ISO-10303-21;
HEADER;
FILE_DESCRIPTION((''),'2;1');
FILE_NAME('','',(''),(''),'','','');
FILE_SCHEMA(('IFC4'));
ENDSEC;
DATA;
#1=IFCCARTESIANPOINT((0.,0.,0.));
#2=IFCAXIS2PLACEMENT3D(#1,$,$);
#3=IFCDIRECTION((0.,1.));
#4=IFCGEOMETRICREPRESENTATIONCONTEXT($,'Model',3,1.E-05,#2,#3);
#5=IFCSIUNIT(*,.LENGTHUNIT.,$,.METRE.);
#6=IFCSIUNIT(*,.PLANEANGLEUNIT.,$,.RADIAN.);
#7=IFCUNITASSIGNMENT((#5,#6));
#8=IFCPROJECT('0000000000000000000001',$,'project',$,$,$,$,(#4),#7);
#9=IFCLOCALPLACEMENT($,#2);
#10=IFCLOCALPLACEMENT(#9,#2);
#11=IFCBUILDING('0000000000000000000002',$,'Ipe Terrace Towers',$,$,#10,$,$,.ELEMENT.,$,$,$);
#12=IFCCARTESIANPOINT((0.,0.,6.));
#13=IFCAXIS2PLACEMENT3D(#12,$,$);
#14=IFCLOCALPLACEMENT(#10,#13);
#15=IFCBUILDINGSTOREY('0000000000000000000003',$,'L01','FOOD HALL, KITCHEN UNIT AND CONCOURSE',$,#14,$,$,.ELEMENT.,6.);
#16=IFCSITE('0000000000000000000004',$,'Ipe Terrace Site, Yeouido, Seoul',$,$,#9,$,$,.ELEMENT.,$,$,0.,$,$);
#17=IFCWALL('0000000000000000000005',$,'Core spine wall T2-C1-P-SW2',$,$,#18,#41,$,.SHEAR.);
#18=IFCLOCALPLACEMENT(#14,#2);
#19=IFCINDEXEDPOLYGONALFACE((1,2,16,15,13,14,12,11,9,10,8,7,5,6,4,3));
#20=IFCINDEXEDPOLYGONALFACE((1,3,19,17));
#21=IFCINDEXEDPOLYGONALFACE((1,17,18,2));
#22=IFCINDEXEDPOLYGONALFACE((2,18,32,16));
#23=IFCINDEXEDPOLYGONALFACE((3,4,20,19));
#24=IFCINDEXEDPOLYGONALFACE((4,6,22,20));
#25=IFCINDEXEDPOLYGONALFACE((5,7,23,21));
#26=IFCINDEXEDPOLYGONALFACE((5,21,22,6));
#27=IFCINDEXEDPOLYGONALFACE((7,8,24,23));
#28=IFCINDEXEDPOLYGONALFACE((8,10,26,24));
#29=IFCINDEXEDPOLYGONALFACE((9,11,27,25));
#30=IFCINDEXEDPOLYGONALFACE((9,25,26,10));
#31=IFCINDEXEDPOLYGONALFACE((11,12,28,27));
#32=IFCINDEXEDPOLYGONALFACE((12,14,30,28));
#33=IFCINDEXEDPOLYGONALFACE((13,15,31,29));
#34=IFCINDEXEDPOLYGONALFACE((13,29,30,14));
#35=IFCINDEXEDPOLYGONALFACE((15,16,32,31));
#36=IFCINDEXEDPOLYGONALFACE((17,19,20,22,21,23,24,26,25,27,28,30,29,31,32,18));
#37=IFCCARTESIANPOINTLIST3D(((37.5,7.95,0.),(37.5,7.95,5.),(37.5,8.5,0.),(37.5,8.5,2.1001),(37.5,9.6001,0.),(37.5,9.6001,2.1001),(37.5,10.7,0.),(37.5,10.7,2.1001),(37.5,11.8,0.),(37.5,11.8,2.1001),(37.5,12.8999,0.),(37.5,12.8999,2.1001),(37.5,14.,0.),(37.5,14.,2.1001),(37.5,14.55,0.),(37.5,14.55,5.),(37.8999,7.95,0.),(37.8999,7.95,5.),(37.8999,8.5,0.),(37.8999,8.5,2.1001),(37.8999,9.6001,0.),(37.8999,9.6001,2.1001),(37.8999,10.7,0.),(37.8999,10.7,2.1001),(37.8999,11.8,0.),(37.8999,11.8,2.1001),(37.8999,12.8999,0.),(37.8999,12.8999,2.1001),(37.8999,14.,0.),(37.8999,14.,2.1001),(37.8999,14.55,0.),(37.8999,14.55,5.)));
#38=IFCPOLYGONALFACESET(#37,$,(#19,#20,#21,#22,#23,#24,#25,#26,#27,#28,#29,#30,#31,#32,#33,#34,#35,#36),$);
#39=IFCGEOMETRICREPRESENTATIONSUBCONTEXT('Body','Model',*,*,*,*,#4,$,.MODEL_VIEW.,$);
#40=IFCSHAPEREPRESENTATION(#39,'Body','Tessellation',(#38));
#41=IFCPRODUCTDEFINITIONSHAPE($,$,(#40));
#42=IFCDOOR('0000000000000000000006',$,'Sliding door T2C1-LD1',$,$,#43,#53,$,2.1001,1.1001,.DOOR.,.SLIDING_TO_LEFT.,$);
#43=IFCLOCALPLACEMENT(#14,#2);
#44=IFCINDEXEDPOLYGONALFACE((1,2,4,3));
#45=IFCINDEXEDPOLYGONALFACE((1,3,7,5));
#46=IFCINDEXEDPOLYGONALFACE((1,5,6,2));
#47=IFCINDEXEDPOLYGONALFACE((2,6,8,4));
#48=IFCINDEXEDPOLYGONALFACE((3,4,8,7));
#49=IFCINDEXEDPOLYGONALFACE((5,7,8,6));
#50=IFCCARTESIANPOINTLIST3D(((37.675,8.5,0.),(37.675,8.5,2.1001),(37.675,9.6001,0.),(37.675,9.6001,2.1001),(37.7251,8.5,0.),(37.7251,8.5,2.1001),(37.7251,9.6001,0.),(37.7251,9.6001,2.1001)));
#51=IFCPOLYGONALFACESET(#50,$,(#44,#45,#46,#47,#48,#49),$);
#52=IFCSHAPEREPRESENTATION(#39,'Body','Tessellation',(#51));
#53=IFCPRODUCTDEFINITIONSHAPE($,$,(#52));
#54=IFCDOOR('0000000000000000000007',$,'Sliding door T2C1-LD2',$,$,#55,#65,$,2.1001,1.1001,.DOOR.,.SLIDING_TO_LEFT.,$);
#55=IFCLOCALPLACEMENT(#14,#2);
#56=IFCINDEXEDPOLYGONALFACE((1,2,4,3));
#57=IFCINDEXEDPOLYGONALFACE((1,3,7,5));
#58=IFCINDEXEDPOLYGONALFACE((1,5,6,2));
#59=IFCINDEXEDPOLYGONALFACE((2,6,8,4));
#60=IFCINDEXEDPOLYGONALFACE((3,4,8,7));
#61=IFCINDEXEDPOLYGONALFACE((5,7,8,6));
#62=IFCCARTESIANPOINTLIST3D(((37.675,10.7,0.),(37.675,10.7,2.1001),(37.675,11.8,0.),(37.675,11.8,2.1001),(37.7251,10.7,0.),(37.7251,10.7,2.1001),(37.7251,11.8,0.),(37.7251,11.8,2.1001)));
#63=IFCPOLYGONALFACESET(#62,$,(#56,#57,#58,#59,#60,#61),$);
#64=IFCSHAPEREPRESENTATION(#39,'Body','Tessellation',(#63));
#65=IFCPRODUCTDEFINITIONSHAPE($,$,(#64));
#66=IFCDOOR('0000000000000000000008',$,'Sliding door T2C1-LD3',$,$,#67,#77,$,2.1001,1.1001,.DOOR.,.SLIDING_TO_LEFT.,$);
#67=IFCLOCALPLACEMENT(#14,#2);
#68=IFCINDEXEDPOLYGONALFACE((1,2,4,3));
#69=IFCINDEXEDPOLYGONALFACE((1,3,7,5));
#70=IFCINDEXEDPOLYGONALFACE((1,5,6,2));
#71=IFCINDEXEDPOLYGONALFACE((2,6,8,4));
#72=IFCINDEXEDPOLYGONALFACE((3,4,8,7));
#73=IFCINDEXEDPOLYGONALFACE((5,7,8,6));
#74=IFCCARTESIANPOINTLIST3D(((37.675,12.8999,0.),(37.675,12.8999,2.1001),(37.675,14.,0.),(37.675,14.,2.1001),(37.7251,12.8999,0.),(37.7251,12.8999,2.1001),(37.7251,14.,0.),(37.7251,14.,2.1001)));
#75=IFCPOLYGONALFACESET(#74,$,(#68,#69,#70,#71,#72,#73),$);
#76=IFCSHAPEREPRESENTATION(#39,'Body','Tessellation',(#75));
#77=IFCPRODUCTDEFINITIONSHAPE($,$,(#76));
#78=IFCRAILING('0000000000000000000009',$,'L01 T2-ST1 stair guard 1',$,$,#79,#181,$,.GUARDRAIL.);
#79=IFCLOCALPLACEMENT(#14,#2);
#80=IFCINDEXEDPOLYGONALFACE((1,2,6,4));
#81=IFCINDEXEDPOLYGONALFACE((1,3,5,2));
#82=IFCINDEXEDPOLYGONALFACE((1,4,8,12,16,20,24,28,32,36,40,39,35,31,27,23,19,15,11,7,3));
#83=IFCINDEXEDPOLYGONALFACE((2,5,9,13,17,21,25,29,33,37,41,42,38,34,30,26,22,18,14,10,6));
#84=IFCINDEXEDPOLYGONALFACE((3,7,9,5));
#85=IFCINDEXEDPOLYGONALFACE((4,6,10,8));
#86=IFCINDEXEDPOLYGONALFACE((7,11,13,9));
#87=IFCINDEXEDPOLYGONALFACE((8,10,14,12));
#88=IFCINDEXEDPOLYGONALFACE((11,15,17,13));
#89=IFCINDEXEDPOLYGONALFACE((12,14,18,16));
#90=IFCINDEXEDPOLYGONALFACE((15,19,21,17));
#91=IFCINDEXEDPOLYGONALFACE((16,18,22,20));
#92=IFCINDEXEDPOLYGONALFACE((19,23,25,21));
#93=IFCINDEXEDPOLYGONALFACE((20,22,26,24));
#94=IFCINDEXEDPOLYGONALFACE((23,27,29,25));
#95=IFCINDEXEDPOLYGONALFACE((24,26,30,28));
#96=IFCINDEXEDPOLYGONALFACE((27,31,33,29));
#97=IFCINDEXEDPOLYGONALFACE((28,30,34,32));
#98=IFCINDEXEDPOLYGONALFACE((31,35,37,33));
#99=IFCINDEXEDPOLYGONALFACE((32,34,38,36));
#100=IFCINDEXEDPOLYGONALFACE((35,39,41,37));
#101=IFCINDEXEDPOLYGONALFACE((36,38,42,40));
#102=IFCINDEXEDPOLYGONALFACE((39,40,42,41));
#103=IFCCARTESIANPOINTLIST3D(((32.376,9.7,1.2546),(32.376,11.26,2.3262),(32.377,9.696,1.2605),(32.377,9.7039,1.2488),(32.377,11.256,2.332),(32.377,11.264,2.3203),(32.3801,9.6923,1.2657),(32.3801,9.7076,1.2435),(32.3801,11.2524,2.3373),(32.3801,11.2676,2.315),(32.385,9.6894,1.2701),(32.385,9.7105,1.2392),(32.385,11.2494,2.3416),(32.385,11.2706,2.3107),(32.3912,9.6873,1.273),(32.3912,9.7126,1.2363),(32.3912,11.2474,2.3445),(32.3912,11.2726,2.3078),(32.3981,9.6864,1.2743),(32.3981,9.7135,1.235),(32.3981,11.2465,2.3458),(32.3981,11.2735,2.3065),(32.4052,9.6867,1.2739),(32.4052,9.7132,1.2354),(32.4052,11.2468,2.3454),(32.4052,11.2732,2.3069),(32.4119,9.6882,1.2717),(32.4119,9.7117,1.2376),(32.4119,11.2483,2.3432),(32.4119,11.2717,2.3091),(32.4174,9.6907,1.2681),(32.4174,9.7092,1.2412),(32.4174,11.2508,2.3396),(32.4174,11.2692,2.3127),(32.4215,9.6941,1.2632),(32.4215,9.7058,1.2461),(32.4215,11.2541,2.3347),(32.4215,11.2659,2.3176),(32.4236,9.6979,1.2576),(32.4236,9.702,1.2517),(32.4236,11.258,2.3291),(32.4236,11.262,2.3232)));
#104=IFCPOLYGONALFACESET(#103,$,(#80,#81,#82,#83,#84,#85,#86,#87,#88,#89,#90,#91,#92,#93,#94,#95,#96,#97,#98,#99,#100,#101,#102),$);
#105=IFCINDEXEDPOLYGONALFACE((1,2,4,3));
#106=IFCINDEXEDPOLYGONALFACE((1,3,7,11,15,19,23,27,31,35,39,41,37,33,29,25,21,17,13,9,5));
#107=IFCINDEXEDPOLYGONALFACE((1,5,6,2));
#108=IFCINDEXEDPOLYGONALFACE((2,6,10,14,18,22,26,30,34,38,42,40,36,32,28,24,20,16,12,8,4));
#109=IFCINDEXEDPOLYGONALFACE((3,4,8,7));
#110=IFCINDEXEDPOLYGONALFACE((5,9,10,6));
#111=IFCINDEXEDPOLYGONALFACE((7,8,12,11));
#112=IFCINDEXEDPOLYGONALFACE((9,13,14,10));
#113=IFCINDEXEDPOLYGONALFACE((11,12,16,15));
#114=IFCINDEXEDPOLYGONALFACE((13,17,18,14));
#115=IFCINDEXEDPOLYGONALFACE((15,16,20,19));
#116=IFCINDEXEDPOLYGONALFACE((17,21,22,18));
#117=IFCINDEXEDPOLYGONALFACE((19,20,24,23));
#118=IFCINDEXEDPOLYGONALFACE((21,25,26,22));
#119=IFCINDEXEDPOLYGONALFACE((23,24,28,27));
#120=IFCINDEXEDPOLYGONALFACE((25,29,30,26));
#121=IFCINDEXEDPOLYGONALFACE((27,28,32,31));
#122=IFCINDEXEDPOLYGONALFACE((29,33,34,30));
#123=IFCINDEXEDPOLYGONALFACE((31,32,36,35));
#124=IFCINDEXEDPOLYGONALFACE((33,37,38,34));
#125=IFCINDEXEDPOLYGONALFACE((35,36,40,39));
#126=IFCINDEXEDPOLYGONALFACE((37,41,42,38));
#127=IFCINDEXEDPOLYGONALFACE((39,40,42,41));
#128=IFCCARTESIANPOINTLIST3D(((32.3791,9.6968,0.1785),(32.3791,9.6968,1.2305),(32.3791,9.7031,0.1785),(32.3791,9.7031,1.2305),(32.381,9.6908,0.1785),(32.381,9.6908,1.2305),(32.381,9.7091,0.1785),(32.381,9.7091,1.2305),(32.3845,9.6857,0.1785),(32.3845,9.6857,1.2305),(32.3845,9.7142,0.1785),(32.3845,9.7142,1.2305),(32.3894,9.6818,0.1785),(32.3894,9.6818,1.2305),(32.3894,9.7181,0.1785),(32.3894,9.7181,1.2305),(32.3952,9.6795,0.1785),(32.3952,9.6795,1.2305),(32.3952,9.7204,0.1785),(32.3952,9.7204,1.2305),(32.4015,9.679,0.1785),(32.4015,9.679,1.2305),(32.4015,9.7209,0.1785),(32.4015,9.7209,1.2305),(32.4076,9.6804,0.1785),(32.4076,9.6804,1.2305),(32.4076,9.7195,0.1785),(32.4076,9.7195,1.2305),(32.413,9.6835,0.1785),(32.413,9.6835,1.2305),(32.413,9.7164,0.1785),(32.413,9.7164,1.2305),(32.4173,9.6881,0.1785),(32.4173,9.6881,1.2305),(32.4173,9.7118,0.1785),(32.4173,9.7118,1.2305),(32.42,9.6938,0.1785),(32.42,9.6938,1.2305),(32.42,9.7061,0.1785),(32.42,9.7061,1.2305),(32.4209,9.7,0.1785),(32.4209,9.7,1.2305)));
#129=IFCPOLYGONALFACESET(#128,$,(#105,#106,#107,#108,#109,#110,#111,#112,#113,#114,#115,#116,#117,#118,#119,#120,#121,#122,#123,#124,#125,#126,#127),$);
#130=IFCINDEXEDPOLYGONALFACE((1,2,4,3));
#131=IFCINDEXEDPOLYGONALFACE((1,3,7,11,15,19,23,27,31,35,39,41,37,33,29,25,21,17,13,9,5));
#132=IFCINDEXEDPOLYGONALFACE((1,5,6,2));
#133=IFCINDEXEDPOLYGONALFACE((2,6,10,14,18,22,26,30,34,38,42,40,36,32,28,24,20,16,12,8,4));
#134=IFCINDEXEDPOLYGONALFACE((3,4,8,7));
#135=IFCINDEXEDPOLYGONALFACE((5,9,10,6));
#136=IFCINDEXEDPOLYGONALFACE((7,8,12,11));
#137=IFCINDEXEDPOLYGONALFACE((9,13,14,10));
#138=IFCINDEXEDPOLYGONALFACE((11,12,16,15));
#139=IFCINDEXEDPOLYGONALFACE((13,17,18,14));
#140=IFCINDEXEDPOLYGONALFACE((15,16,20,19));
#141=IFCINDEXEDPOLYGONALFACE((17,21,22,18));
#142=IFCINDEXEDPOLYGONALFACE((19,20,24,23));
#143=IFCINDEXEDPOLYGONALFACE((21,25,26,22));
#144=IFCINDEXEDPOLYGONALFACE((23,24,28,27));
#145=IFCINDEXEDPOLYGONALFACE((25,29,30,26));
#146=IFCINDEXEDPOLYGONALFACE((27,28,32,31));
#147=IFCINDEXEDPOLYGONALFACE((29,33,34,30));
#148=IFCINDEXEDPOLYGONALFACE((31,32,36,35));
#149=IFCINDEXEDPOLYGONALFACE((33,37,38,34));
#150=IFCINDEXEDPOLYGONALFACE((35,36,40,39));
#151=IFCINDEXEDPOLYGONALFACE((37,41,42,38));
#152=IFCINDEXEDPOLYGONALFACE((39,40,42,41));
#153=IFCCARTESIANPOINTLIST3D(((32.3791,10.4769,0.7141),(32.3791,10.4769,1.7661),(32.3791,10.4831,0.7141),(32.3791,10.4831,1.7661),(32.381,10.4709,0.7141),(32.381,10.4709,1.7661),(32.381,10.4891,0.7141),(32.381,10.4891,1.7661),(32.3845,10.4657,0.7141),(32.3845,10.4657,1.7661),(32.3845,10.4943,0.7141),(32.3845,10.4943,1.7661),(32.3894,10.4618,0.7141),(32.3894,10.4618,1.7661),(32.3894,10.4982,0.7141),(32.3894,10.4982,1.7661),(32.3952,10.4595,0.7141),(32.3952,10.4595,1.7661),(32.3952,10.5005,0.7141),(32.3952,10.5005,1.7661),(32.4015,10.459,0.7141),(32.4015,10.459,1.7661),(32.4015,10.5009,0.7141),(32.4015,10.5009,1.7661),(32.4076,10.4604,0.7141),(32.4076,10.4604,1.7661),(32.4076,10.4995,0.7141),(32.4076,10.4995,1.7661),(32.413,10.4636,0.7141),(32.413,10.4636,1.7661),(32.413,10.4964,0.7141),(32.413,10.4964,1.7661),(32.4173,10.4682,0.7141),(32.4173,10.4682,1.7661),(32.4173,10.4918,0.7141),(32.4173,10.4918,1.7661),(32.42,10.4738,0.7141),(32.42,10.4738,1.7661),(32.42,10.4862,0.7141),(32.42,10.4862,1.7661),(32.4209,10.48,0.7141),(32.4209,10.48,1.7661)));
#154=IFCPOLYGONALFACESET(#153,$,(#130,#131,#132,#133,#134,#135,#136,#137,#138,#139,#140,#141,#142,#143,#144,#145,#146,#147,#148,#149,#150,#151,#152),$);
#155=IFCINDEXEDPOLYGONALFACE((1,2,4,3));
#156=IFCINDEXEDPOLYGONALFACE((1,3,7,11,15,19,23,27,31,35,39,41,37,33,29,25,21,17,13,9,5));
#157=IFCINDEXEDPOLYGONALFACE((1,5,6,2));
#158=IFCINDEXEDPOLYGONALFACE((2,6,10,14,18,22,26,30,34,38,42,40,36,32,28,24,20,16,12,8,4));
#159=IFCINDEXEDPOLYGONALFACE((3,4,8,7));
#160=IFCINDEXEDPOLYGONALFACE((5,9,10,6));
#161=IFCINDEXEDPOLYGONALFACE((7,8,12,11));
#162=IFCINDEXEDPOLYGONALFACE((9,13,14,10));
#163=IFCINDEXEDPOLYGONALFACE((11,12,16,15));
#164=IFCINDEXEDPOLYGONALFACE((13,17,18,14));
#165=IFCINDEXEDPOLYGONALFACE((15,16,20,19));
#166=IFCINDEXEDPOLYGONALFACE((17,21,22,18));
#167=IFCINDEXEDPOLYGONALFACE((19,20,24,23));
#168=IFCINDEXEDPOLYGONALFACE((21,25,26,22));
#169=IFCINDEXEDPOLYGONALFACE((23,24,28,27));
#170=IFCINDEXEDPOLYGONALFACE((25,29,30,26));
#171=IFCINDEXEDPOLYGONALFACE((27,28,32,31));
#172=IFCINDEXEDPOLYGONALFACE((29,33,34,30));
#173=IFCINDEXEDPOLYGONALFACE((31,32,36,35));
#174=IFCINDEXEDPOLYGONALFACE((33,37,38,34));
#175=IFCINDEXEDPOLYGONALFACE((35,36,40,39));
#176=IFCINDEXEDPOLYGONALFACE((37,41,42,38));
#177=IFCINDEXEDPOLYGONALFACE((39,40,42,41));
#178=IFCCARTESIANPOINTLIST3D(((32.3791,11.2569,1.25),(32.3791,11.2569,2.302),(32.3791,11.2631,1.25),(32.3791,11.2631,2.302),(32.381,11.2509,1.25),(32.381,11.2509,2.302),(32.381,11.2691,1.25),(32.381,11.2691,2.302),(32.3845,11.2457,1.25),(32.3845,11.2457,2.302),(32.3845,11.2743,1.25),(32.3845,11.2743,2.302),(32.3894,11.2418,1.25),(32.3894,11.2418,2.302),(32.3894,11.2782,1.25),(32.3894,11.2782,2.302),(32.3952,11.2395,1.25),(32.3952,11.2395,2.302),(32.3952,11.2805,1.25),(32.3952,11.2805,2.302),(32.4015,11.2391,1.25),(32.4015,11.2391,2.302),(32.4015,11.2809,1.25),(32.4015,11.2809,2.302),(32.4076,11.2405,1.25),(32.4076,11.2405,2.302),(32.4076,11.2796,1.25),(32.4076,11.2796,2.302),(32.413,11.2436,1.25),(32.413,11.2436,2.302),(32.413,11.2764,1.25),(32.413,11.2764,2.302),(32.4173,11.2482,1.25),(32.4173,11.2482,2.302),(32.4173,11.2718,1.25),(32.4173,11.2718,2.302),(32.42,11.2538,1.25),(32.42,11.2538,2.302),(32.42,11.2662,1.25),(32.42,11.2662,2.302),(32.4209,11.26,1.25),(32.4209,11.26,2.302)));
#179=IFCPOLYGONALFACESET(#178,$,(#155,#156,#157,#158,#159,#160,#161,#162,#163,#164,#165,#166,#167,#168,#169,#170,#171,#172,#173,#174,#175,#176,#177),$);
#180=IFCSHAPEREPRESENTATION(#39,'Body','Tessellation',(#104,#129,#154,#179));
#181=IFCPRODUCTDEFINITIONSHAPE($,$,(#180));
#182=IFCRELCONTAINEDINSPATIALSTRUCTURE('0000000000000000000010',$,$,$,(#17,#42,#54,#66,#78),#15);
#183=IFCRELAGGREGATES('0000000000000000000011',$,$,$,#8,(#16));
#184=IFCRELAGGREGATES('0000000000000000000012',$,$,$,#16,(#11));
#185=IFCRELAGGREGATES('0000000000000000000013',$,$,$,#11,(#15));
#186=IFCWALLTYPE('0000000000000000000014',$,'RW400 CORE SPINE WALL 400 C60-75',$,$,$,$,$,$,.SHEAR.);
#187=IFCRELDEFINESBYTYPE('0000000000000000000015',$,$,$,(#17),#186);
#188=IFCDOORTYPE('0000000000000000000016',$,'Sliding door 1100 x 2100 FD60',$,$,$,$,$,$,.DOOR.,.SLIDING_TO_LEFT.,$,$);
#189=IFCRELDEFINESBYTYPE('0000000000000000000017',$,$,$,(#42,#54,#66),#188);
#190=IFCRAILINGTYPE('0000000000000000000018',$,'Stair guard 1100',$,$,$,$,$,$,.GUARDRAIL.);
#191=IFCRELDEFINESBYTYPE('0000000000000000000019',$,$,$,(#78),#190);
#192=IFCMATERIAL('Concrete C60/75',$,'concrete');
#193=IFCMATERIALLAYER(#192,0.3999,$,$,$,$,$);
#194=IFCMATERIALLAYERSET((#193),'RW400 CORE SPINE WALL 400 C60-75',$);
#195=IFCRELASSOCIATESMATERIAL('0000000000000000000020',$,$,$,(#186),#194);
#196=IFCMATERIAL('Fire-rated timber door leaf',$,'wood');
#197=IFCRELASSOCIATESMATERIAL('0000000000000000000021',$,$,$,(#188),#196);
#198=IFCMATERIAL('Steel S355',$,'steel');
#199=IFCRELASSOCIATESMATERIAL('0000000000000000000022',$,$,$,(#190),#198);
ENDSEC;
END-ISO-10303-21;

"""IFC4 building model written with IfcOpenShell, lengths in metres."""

from ifc_helpers import new_model, si_unit, direction, frame, frame_2d, origin, origin_2d, place, context, subcontext, project, spatial, rectangle, circle, extrude, material, layer, layer_set, type_object, element, fill, save


model = new_model("IFC4")

# Units and contexts
model_context = context("Model", 3, precision=1e-05, world=origin(), true_north=direction((0.0, 1.0)))
body_context = subcontext(model_context, "Body", "Model", "MODEL_VIEW")
ifc_project = project(units=[si_unit("LENGTHUNIT", "METRE"), si_unit("PLANEANGLEUNIT", "RADIAN")], contexts=[model_context])

# Site, building, storey
site_placement = place(None, origin())
site = spatial("IfcSite", under=ifc_project, at=site_placement, Name="Ipe Terrace Site, Yeouido, Seoul", CompositionType="ELEMENT", RefElevation=0.0)
building_placement = place(site_placement, origin())
building = spatial("IfcBuilding", under=site, at=building_placement, Name="Ipe Terrace Towers", CompositionType="ELEMENT")
storey_placement = place(building_placement, frame((0.0, 0.0, 6.0)))
storey = spatial("IfcBuildingStorey", under=building, at=storey_placement, Name="L01", Description="FOOD HALL, KITCHEN UNIT AND CONCOURSE", CompositionType="ELEMENT", Elevation=6.0)

# Shared definitions
ifc_material_1 = material(Name="Concrete C60/75", Category="concrete")
ifc_layer_1 = layer(ifc_material_1, 0.3999)
ifc_layer_set_1 = layer_set([ifc_layer_1], Name="RW400 CORE SPINE WALL 400 C60-75")
wall_type_1 = type_object("IfcWallType", Name="RW400 CORE SPINE WALL 400 C60-75", PredefinedType="SHEAR", material=ifc_layer_set_1)

# Wall, openings, doors
wall_1_placement = place(storey_placement, frame((37.7, 7.95, 0.0), z_axis=(0.0, 0.0, 1.0), x_axis=(0.0, 1.0, 0.0)))
wall_1 = element("IfcWall", 1, at=wall_1_placement, inside=storey, type_object=wall_type_1, Name="Core spine wall T2-C1-P-SW2", PredefinedType="SHEAR", context=body_context, shape_type="SweptSolid", body=[
    extrude(rectangle(XDim=6.6001, YDim=0.3999, at=frame_2d((3.3, 0.0))), origin(), (0.0, 0.0, 1.0), 5.0),
])
opening_1_placement = place(wall_1_placement, frame((0.55, 0.0, 0.0)))
opening_1 = element("IfcOpeningElement", 2, at=opening_1_placement, cuts=wall_1, PredefinedType="OPENING", context=body_context, shape_type="SweptSolid", body=[
    extrude(rectangle(XDim=1.1001, YDim=2.1001, at=frame_2d((0.55, 1.05))), frame((0.0, 0.21, 0.0), z_axis=(0.0, -1.0, 0.0), x_axis=(1.0, 0.0, 0.0)), (0.0, 0.0, 1.0), 0.4199),
])
opening_2_placement = place(wall_1_placement, frame((2.75, 0.0, 0.0)))
opening_2 = element("IfcOpeningElement", 3, at=opening_2_placement, cuts=wall_1, PredefinedType="OPENING", context=body_context, shape_type="SweptSolid", body=[
    extrude(rectangle(XDim=1.1001, YDim=2.1001, at=frame_2d((0.55, 1.05))), frame((0.0, 0.21, 0.0), z_axis=(0.0, -1.0, 0.0), x_axis=(1.0, 0.0, 0.0)), (0.0, 0.0, 1.0), 0.4199),
])
opening_3_placement = place(wall_1_placement, frame((4.95, 0.0, 0.0)))
opening_3 = element("IfcOpeningElement", 4, at=opening_3_placement, cuts=wall_1, PredefinedType="OPENING", context=body_context, shape_type="SweptSolid", body=[
    extrude(rectangle(XDim=1.1001, YDim=2.1001, at=frame_2d((0.55, 1.05))), frame((0.0, 0.21, 0.0), z_axis=(0.0, -1.0, 0.0), x_axis=(1.0, 0.0, 0.0)), (0.0, 0.0, 1.0), 0.4199),
])
ifc_material_2 = material(Name="Fire-rated timber door leaf", Category="wood")
door_type_1 = type_object("IfcDoorType", Name="Sliding door 1100 x 2100 FD60", OperationType="SLIDING_TO_LEFT", PredefinedType="DOOR", material=ifc_material_2)
door_1_placement = place(opening_1_placement, origin())
door_1 = element("IfcDoor", 5, at=door_1_placement, inside=storey, type_object=door_type_1, Name="Sliding door T2C1-LD1", OperationType="SLIDING_TO_LEFT", OverallHeight=2.1001, OverallWidth=1.1001, PredefinedType="DOOR", context=body_context, shape_type="SweptSolid", body=[
    extrude(rectangle(XDim=1.1001, YDim=2.1001, at=frame_2d((0.55, 1.05))), frame((0.0, 0.0249, 0.0), z_axis=(0.0, -1.0, 0.0), x_axis=(1.0, 0.0, 0.0)), (0.0, 0.0, 1.0), 0.05),
])
fill(opening_1, door_1)
door_2_placement = place(opening_2_placement, origin())
door_2 = element("IfcDoor", 6, at=door_2_placement, inside=storey, type_object=door_type_1, Name="Sliding door T2C1-LD2", OperationType="SLIDING_TO_LEFT", OverallHeight=2.1001, OverallWidth=1.1001, PredefinedType="DOOR", context=body_context, shape_type="SweptSolid", body=[
    extrude(rectangle(XDim=1.1001, YDim=2.1001, at=frame_2d((0.55, 1.05))), frame((0.0, 0.0249, 0.0), z_axis=(0.0, -1.0, 0.0), x_axis=(1.0, 0.0, 0.0)), (0.0, 0.0, 1.0), 0.05),
])
fill(opening_2, door_2)
door_3_placement = place(opening_3_placement, origin())
door_3 = element("IfcDoor", 7, at=door_3_placement, inside=storey, type_object=door_type_1, Name="Sliding door T2C1-LD3", OperationType="SLIDING_TO_LEFT", OverallHeight=2.1001, OverallWidth=1.1001, PredefinedType="DOOR", context=body_context, shape_type="SweptSolid", body=[
    extrude(rectangle(XDim=1.1001, YDim=2.1001, at=frame_2d((0.55, 1.05))), frame((0.0, 0.0249, 0.0), z_axis=(0.0, -1.0, 0.0), x_axis=(1.0, 0.0, 0.0)), (0.0, 0.0, 1.0), 0.05),
])
fill(opening_3, door_3)

# Railing
ifc_material_3 = material(Name="Steel S355", Category="steel")
railing_type_1 = type_object("IfcRailingType", Name="Stair guard 1100", PredefinedType="GUARDRAIL", material=ifc_material_3)
railing_1_placement = place(storey_placement, frame((32.3999, 9.7, 0.1785)))
element("IfcRailing", 8, at=railing_1_placement, inside=storey, type_object=railing_type_1, Name="L01 T2-ST1 stair guard 1", PredefinedType="GUARDRAIL", context=body_context, shape_type="SweptSolid", body=[
    extrude(circle(Radius=0.0239, at=origin_2d()), frame((0.0, 0.0, 1.0762), z_axis=(0.0, 0.82429, 0.566167), x_axis=(-1.0, 0.0, 0.0)), (0.0, 0.0, 1.0), 1.8926),
    extrude(circle(Radius=0.021, at=origin_2d()), origin(), (0.0, 0.0, 1.0), 1.052),
    extrude(circle(Radius=0.021, at=origin_2d()), frame((0.0, 0.78, 0.5356)), (0.0, 0.0, 1.0), 1.052),
    extrude(circle(Radius=0.021, at=origin_2d()), frame((0.0, 1.5601, 1.0715)), (0.0, 0.0, 1.0), 1.052),
])

save(model, "model.ifc")
